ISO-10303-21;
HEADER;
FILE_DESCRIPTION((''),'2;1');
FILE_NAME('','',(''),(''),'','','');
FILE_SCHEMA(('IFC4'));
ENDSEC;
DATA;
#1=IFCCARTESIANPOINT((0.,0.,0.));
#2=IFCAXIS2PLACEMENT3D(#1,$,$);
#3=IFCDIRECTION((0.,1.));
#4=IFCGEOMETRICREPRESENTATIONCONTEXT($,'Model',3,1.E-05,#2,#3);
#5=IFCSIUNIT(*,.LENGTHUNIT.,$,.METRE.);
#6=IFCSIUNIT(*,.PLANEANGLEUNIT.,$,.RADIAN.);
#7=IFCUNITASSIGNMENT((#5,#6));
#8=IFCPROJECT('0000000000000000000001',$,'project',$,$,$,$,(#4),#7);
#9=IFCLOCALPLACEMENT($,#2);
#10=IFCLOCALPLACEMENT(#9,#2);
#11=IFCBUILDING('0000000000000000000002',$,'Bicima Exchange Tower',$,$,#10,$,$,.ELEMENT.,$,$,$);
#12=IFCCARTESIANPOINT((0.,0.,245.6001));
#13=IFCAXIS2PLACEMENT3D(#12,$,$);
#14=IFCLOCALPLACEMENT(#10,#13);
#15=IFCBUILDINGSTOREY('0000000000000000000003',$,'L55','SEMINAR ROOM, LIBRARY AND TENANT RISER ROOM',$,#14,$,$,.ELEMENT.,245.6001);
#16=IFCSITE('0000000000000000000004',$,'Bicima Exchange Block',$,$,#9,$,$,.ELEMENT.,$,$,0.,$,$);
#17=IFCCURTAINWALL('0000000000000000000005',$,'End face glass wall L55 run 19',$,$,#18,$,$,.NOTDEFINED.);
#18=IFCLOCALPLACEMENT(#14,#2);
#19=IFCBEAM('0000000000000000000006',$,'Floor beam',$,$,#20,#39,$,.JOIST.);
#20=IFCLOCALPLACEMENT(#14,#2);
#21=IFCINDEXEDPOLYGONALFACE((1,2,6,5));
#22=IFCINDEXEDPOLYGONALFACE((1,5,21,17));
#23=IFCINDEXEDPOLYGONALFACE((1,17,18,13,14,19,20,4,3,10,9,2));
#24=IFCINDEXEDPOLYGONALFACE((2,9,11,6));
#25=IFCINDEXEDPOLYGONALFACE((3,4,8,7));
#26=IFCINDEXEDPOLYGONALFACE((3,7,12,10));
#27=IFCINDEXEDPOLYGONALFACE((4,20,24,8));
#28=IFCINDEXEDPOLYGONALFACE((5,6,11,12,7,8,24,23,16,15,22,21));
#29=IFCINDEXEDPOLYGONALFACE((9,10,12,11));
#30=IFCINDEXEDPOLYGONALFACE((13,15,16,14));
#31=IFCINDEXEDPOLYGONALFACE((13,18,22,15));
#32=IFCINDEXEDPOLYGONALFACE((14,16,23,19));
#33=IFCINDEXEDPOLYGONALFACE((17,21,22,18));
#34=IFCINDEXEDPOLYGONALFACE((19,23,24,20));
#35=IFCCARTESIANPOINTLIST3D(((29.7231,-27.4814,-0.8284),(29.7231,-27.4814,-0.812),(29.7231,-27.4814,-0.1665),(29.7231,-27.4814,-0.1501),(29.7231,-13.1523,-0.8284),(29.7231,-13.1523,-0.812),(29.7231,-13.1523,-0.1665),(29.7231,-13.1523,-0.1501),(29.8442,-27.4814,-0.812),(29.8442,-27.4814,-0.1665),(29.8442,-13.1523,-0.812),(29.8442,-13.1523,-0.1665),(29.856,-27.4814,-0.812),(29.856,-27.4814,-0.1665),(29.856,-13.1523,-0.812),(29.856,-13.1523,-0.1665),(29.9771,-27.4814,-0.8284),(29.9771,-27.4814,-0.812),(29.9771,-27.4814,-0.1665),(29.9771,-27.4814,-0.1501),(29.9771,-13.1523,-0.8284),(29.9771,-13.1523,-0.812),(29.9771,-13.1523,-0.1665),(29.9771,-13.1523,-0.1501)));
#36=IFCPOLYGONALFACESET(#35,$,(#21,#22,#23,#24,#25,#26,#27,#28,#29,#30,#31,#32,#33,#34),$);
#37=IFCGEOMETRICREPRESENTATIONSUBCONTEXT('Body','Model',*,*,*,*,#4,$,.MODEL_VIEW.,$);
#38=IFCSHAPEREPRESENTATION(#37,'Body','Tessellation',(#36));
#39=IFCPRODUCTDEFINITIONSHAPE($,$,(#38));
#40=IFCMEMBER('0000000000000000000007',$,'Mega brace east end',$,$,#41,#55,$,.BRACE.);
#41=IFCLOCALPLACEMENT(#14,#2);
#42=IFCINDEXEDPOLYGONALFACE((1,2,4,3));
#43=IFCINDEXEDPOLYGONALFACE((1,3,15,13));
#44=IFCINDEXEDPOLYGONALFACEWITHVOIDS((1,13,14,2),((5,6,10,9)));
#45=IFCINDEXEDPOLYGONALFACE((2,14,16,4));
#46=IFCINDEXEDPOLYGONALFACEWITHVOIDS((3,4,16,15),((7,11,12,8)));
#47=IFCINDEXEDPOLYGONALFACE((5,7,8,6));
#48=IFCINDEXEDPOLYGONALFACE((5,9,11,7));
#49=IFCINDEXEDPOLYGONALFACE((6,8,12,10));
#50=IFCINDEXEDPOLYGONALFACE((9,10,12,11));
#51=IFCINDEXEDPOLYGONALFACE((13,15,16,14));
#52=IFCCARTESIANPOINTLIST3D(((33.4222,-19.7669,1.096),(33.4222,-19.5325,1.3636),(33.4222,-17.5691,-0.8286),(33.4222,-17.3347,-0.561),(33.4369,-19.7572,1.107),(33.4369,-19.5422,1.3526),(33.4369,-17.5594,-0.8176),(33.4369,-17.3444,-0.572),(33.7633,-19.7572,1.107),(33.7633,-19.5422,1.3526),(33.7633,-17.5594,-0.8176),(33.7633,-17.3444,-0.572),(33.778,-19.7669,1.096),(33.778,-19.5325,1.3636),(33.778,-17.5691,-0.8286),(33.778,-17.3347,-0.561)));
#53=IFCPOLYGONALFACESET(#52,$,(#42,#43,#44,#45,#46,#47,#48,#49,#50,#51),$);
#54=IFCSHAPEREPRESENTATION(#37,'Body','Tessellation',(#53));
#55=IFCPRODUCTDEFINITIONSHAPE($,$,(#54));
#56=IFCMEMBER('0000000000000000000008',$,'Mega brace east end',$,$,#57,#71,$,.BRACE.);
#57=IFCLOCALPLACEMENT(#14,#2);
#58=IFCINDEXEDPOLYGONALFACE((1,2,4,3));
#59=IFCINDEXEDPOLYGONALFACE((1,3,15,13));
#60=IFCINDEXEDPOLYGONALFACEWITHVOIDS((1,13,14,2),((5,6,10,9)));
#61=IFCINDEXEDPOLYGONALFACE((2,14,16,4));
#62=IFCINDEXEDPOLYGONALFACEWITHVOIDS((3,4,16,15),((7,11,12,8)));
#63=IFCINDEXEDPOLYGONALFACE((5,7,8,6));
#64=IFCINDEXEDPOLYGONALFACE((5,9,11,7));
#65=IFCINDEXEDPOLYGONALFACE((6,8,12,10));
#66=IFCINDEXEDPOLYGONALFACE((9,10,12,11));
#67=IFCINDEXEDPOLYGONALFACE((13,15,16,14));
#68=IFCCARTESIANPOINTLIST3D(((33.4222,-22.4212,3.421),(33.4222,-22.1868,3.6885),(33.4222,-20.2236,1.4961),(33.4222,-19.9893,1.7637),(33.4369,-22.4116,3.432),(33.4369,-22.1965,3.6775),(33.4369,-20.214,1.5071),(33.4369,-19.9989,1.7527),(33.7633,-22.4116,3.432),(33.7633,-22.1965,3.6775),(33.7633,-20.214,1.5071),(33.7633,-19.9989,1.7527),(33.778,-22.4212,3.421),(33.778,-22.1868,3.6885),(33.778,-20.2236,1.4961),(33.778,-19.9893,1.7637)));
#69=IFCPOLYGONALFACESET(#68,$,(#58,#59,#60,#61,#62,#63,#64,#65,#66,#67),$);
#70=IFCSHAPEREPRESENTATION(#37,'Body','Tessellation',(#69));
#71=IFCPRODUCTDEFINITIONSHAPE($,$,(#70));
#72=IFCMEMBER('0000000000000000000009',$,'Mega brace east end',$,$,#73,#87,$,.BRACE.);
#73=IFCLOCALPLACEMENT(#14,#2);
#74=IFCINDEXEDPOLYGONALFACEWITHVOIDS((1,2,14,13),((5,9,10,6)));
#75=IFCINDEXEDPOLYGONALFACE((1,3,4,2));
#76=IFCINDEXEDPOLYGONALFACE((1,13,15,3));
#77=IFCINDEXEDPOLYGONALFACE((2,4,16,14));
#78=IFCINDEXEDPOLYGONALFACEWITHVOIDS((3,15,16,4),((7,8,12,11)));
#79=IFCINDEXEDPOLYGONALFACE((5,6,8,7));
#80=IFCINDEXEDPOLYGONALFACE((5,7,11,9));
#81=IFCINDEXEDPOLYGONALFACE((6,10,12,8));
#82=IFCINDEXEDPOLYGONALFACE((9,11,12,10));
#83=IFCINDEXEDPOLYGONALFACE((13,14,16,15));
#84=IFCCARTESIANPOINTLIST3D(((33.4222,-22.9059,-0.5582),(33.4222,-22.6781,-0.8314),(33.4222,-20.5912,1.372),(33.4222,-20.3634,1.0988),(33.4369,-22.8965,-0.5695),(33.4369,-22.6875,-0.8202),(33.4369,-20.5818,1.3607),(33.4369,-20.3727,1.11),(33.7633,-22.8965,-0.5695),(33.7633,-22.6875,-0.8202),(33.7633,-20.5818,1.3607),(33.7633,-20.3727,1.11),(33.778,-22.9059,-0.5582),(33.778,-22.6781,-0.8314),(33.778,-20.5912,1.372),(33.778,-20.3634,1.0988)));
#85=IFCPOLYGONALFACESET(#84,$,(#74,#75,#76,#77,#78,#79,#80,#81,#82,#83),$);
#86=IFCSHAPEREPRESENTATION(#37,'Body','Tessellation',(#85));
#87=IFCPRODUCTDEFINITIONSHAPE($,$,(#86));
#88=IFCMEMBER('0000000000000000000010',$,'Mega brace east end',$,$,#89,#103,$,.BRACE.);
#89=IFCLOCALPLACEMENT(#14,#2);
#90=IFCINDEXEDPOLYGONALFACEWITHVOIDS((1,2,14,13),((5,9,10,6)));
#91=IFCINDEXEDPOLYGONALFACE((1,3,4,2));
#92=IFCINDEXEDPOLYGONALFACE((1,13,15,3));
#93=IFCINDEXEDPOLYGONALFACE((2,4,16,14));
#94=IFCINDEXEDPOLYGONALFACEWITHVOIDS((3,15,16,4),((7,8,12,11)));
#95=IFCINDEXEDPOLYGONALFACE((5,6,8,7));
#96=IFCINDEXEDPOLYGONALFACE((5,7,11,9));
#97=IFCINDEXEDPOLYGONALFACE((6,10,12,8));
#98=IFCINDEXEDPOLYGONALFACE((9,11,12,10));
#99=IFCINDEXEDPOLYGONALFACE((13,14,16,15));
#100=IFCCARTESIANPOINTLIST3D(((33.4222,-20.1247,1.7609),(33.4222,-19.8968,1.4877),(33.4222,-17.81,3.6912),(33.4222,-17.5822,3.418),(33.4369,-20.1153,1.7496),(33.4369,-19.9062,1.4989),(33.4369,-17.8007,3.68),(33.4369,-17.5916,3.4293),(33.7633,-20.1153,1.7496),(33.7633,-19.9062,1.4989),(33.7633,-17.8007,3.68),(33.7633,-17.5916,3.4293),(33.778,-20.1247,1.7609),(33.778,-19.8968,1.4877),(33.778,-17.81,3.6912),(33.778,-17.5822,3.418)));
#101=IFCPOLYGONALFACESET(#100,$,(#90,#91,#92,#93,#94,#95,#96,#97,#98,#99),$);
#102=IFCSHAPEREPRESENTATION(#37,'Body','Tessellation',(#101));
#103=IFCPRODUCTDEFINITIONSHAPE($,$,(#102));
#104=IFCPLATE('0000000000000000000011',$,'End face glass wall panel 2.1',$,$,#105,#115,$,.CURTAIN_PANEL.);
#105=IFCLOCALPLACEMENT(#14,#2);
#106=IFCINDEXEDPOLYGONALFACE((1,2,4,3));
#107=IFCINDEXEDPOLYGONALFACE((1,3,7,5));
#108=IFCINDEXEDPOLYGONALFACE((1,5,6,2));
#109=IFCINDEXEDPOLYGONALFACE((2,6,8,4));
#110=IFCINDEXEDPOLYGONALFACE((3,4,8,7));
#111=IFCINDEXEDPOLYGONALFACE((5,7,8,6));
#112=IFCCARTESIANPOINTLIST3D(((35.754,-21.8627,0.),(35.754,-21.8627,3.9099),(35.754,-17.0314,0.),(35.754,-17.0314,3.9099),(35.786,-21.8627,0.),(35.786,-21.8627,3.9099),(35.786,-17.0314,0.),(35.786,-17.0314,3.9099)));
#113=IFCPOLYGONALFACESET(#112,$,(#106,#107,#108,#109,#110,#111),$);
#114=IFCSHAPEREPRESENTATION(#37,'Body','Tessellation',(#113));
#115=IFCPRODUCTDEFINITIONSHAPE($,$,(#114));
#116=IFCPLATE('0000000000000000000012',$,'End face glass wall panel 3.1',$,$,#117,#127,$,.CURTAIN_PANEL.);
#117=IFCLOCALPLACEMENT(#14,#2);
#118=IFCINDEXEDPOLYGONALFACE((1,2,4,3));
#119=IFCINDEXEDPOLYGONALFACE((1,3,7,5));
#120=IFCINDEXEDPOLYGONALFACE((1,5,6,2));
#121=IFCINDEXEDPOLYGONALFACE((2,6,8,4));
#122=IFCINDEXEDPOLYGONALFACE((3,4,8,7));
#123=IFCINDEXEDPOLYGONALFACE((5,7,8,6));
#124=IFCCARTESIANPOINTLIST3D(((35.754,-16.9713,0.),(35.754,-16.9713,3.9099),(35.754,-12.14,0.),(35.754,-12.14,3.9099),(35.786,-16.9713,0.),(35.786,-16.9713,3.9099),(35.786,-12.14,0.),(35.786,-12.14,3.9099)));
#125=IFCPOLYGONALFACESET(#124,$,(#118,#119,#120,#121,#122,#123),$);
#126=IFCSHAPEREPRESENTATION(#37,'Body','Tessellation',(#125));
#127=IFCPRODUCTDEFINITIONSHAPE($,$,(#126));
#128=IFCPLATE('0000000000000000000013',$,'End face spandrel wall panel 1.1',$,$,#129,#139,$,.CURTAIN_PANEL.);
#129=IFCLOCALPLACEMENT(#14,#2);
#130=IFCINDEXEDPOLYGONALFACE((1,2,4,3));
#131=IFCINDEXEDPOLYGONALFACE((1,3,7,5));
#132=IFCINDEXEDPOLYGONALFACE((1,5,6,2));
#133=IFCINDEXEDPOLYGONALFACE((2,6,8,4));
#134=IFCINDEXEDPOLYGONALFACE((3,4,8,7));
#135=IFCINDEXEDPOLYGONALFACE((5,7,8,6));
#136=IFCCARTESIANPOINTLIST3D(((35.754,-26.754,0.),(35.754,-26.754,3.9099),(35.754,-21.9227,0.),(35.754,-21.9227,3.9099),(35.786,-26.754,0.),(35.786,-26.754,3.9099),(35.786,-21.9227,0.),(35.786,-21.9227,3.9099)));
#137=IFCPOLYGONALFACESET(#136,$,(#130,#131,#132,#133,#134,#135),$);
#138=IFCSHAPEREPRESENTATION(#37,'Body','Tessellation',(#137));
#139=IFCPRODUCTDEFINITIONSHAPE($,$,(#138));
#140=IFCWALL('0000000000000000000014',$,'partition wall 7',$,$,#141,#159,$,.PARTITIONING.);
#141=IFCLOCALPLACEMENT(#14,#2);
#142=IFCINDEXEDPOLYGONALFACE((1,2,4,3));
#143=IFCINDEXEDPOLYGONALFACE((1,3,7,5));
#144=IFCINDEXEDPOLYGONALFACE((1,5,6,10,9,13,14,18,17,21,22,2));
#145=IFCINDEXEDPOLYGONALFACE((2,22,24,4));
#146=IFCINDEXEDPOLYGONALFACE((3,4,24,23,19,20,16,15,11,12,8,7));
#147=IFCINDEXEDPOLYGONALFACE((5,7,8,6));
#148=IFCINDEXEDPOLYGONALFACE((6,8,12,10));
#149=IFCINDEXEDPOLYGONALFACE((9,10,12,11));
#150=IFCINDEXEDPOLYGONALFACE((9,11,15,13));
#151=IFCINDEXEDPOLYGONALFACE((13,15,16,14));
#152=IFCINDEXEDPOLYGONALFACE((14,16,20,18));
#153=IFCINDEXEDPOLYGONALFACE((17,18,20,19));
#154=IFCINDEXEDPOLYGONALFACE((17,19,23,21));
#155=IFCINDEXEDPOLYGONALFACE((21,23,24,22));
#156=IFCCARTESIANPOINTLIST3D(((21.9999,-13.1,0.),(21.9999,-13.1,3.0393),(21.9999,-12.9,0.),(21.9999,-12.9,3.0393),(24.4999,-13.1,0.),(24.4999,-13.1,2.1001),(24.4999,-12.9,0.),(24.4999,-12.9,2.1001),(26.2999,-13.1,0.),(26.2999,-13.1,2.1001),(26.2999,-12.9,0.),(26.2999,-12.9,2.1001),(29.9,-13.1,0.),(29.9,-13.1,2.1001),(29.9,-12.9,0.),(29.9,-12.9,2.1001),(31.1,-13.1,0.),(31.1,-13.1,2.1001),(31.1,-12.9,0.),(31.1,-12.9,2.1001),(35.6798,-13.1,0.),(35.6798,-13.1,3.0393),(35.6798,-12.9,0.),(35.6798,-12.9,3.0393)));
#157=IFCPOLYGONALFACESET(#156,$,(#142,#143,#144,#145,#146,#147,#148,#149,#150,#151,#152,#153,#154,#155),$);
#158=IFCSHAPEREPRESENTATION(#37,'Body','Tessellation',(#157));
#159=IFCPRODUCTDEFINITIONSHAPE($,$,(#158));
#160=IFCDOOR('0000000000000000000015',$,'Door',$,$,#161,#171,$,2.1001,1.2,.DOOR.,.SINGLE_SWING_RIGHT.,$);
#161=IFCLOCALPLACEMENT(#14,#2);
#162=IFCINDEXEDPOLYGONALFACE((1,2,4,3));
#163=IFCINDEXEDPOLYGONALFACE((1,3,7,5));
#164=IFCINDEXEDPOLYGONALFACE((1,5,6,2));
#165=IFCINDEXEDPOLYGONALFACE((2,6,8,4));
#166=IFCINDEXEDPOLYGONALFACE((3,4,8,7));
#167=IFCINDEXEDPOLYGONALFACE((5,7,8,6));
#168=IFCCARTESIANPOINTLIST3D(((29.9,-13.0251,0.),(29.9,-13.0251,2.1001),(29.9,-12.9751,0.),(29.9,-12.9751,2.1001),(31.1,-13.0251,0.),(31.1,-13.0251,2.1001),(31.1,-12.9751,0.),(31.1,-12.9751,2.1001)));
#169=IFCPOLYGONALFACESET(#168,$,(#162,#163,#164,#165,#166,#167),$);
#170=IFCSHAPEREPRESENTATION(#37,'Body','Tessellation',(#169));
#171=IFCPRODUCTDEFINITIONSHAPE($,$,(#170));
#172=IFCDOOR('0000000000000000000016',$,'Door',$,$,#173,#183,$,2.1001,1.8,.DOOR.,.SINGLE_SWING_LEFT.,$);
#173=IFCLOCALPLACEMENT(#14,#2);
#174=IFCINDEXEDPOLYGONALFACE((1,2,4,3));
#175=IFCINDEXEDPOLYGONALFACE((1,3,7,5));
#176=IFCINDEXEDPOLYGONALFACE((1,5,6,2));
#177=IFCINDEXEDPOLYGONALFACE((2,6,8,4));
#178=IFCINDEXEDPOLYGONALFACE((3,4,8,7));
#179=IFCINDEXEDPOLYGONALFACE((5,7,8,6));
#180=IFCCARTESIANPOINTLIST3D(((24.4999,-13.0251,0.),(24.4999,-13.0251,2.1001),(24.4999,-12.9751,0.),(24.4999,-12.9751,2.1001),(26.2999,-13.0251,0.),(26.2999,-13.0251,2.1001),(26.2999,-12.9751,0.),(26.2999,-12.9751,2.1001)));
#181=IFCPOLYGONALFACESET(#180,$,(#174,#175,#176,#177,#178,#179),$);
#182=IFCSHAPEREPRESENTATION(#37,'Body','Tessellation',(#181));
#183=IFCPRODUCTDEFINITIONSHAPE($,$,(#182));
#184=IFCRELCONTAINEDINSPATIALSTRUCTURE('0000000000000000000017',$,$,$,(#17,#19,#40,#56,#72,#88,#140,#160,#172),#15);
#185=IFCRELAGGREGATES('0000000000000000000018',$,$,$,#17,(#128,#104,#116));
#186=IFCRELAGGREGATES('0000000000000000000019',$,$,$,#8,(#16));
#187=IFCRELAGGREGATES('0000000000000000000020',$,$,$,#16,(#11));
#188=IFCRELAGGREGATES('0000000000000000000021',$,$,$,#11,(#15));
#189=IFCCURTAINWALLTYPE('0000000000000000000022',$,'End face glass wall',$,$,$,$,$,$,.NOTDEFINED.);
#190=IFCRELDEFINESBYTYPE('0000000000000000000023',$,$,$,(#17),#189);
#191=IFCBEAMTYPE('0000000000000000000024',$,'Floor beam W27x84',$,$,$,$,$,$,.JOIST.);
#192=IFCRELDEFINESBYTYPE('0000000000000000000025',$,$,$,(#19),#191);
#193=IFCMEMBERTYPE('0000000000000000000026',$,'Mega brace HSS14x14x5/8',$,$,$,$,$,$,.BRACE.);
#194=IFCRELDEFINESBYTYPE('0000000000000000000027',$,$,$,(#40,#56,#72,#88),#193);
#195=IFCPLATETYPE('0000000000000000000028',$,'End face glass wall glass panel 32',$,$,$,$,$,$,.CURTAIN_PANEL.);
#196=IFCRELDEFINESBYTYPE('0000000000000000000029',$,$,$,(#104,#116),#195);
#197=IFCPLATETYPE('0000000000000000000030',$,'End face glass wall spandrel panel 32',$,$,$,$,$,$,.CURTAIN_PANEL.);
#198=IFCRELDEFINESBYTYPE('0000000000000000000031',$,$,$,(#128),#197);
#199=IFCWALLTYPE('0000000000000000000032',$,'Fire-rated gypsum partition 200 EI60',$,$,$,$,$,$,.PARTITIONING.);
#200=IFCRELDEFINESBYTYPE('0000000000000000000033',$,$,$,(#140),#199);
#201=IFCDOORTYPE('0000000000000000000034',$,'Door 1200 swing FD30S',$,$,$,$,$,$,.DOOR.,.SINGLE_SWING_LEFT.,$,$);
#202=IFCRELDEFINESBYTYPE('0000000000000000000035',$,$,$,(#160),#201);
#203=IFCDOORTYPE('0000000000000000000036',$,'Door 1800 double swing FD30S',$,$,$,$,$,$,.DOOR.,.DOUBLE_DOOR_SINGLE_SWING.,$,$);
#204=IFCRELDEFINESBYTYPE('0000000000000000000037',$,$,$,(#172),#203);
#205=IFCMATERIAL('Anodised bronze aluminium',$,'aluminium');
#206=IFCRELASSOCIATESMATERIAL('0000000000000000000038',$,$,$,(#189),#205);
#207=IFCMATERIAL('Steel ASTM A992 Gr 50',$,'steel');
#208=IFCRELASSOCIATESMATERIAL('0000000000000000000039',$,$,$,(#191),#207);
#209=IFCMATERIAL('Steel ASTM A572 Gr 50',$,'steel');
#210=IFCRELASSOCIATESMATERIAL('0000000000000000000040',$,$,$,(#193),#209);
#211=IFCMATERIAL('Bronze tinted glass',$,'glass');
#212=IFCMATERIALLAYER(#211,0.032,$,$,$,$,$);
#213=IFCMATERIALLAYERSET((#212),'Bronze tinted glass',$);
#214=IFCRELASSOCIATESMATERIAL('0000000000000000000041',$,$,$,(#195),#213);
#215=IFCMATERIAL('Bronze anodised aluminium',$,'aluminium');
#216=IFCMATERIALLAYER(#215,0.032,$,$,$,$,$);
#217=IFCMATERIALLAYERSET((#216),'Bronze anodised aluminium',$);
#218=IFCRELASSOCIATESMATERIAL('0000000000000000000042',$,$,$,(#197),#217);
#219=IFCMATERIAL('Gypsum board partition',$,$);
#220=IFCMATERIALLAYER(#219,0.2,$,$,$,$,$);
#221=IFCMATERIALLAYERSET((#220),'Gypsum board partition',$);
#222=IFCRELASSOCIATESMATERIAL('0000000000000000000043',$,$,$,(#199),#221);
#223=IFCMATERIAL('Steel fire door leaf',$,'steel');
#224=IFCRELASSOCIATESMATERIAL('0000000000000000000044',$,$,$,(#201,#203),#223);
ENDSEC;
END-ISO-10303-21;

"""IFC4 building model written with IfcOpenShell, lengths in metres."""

from ifc_helpers import new_model, si_unit, direction, frame, frame_2d, origin, origin_2d, place, context, subcontext, project, spatial, rectangle, hollow_rectangle, i_section, extrude, material, layer, layer_set, material_profile, profile_set, type_object, element, fill, aggregate, save


model = new_model("IFC4")

# Units and contexts
model_context = context("Model", 3, precision=1e-05, world=origin(), true_north=direction((0.0, 1.0)))
body_context = subcontext(model_context, "Body", "Model", "MODEL_VIEW")
ifc_project = project(units=[si_unit("LENGTHUNIT", "METRE"), si_unit("PLANEANGLEUNIT", "RADIAN")], contexts=[model_context])

# Site, building, storey
site_placement = place(None, origin())
site = spatial("IfcSite", under=ifc_project, at=site_placement, Name="Bicima Exchange Block", CompositionType="ELEMENT", RefElevation=0.0)
building_placement = place(site_placement, origin())
building = spatial("IfcBuilding", under=site, at=building_placement, Name="Bicima Exchange Tower", CompositionType="ELEMENT")
storey_placement = place(building_placement, frame((0.0, 0.0, 245.6001)))
storey = spatial("IfcBuildingStorey", under=building, at=storey_placement, Name="L55", Description="SEMINAR ROOM, LIBRARY AND TENANT RISER ROOM", CompositionType="ELEMENT", Elevation=245.6001)

# Shared definitions
ifc_material_1 = material(Name="Steel ASTM A992 Gr 50", Category="steel")

# Shared definitions
ifc_material_2 = material(Name="Steel ASTM A572 Gr 50", Category="steel")

# Curtain wall
ifc_material_3 = material(Name="Anodised bronze aluminium", Category="aluminium")
curtain_wall_type = type_object("IfcCurtainWallType", Name="End face glass wall", PredefinedType="NOTDEFINED", material=ifc_material_3)
curtain_wall_placement = place(storey_placement, origin())
curtain_wall = element("IfcCurtainWall", 1, at=curtain_wall_placement, inside=storey, type_object=curtain_wall_type, Name="End face glass wall L55 run 19", PredefinedType="NOTDEFINED")

# Beam
ifc_material_profile_1 = material_profile(ifc_material_1, i_section(OverallWidth=0.2539, OverallDepth=0.6782, WebThickness=0.0117, FlangeThickness=0.0164, at=origin_2d()))
ifc_profile_set_1 = profile_set([ifc_material_profile_1], Name="Steel ASTM A992 Gr 50")
beam_type_1 = type_object("IfcBeamType", Name="Floor beam W27x84", PredefinedType="JOIST", material=ifc_profile_set_1)
for number, where, z_axis, x_axis, name in (
    (2, (29.8501, -13.1523, -0.4893), (0.0, -1.0, 0.0), (1.0, 0.0, 0.0), "Floor beam"),
):
    element("IfcBeam", number, at=place(storey_placement, frame(where, z_axis=z_axis, x_axis=x_axis)), inside=storey, type_object=beam_type_1, Name=name, PredefinedType="JOIST", context=body_context, shape_type="SweptSolid", body=[
        extrude(i_section(OverallWidth=0.2539, OverallDepth=0.6782, WebThickness=0.0117, FlangeThickness=0.0164, at=origin_2d()), origin(), (0.0, 0.0, 1.0), 14.3291),
    ])

# Members
ifc_material_profile_2 = material_profile(ifc_material_2, hollow_rectangle(XDim=0.3557, YDim=0.3557, WallThickness=0.0146, at=origin_2d()))
ifc_profile_set_2 = profile_set([ifc_material_profile_2], Name="Steel ASTM A572 Gr 50")
member_type_1 = type_object("IfcMemberType", Name="Mega brace HSS14x14x5/8", PredefinedType="BRACE", material=ifc_profile_set_2)
for number, where, z_axis, x_axis, name in (
    (3, (33.6001, -17.4519, -0.6948), (0.0, -0.752318, 0.6588), (1.0, 0.0, 0.0), "Mega brace east end"),
    (4, (33.6001, -20.1064, 1.6299), (0.0, -0.75224, 0.658889), (1.0, 0.0, 0.0), "Mega brace east end"),
):
    element("IfcMember", number, at=place(storey_placement, frame(where, z_axis=z_axis, x_axis=x_axis)), inside=storey, type_object=member_type_1, Name=name, PredefinedType="BRACE", context=body_context, shape_type="SweptSolid", body=[
        extrude(hollow_rectangle(XDim=0.3557, YDim=0.3557, WallThickness=0.0146, at=origin_2d()), origin(), (0.0, 0.0, 1.0), 2.9214),
    ])
for number, where, z_axis, x_axis, name in (
    (5, (33.6001, -22.792, -0.6948), (0.0, 0.768015, 0.640431), (-1.0, 0.0, 0.0), "Mega brace east end"),
    (6, (33.6001, -20.0107, 1.6243), (0.0, 0.767976, 0.640479), (-1.0, 0.0, 0.0), "Mega brace east end"),
):
    element("IfcMember", number, at=place(storey_placement, frame(where, z_axis=z_axis, x_axis=x_axis)), inside=storey, type_object=member_type_1, Name=name, PredefinedType="BRACE", context=body_context, shape_type="SweptSolid", body=[
        extrude(hollow_rectangle(XDim=0.3557, YDim=0.3557, WallThickness=0.0146, at=origin_2d()), origin(), (0.0, 0.0, 1.0), 3.0139),
    ])

# Plates
ifc_material_4 = material(Name="Bronze tinted glass", Category="glass")
ifc_layer_1 = layer(ifc_material_4, 0.032)
ifc_layer_set_1 = layer_set([ifc_layer_1], Name="Bronze tinted glass")
plate_type_1 = type_object("IfcPlateType", Name="End face glass wall glass panel 32", PredefinedType="CURTAIN_PANEL", material=ifc_layer_set_1)
plate_1_placement = place(storey_placement, frame((35.77, -19.447, 0.0), z_axis=(0.0, 0.0, 1.0), x_axis=(0.0, 1.0, 0.0)))
plate_1 = element("IfcPlate", 7, at=plate_1_placement, type_object=plate_type_1, Name="End face glass wall panel 2.1", PredefinedType="CURTAIN_PANEL", context=body_context, shape_type="SweptSolid", body=[
    extrude(rectangle(XDim=4.8313, YDim=0.032, at=origin_2d()), origin(), (0.0, 0.0, 1.0), 3.9099),
])
plate_2_placement = place(storey_placement, frame((35.77, -14.5557, 0.0), z_axis=(0.0, 0.0, 1.0), x_axis=(0.0, 1.0, 0.0)))
plate_2 = element("IfcPlate", 8, at=plate_2_placement, type_object=plate_type_1, Name="End face glass wall panel 3.1", PredefinedType="CURTAIN_PANEL", context=body_context, shape_type="SweptSolid", body=[
    extrude(rectangle(XDim=4.8313, YDim=0.032, at=origin_2d()), origin(), (0.0, 0.0, 1.0), 3.9099),
])
ifc_material_5 = material(Name="Bronze anodised aluminium", Category="aluminium")
ifc_layer_2 = layer(ifc_material_5, 0.032)
ifc_layer_set_2 = layer_set([ifc_layer_2], Name="Bronze anodised aluminium")
plate_type_2 = type_object("IfcPlateType", Name="End face glass wall spandrel panel 32", PredefinedType="CURTAIN_PANEL", material=ifc_layer_set_2)
plate_3_placement = place(storey_placement, frame((35.77, -24.3384, 0.0), z_axis=(0.0, 0.0, 1.0), x_axis=(0.0, 1.0, 0.0)))
plate_3 = element("IfcPlate", 9, at=plate_3_placement, type_object=plate_type_2, Name="End face spandrel wall panel 1.1", PredefinedType="CURTAIN_PANEL", context=body_context, shape_type="SweptSolid", body=[
    extrude(rectangle(XDim=4.8313, YDim=0.032, at=origin_2d()), origin(), (0.0, 0.0, 1.0), 3.9099),
])
aggregate(curtain_wall, [plate_3, plate_1, plate_2])

# Wall, openings, doors
ifc_material_6 = material(Name="Gypsum board partition")
ifc_layer_3 = layer(ifc_material_6, 0.2)
ifc_layer_set_3 = layer_set([ifc_layer_3], Name="Gypsum board partition")
wall_type_1 = type_object("IfcWallType", Name="Fire-rated gypsum partition 200 EI60", PredefinedType="PARTITIONING", material=ifc_layer_set_3)
wall_placement = place(storey_placement, frame((22.0, -13.0, 0.0), z_axis=(0.0, 0.0, 1.0), x_axis=(1.0, 0.0, 0.0)))
wall = element("IfcWall", 10, at=wall_placement, inside=storey, type_object=wall_type_1, Name="partition wall 7", PredefinedType="PARTITIONING", context=body_context, shape_type="SweptSolid", body=[
    extrude(rectangle(XDim=13.6799, YDim=0.2, at=frame_2d((6.8398, 0.0))), origin(), (0.0, 0.0, 1.0), 3.0393),
])
opening_1_placement = place(wall_placement, frame((7.8999, 0.0, 0.0)))
opening_1 = element("IfcOpeningElement", 11, at=opening_1_placement, cuts=wall, PredefinedType="OPENING", context=body_context, shape_type="SweptSolid", body=[
    extrude(rectangle(XDim=1.2, YDim=2.1001, at=frame_2d((0.6001, 1.05))), frame((0.0, 0.1118, 0.0), z_axis=(0.0, -1.0, 0.0), x_axis=(1.0, 0.0, 0.0)), (0.0, 0.0, 1.0), 0.2239),
])
opening_2_placement = place(wall_placement, frame((2.5, 0.0, 0.0)))
opening_2 = element("IfcOpeningElement", 12, at=opening_2_placement, cuts=wall, PredefinedType="OPENING", context=body_context, shape_type="SweptSolid", body=[
    extrude(rectangle(XDim=1.8, YDim=2.1001, at=frame_2d((0.8999, 1.05))), frame((0.0, 0.1118, 0.0), z_axis=(0.0, -1.0, 0.0), x_axis=(1.0, 0.0, 0.0)), (0.0, 0.0, 1.0), 0.2239),
])
ifc_material_7 = material(Name="Steel fire door leaf", Category="steel")
door_type_1 = type_object("IfcDoorType", Name="Door 1200 swing FD30S", OperationType="SINGLE_SWING_LEFT", PredefinedType="DOOR", material=ifc_material_7)
door_1_placement = place(opening_1_placement, origin())
door_1 = element("IfcDoor", 13, at=door_1_placement, inside=storey, type_object=door_type_1, Name="Door", OperationType="SINGLE_SWING_RIGHT", OverallHeight=2.1001, OverallWidth=1.2, PredefinedType="DOOR", context=body_context, shape_type="SweptSolid", body=[
    extrude(rectangle(XDim=1.2, YDim=2.1001, at=frame_2d((0.6001, 1.05))), frame((0.0, 0.0249, 0.0), z_axis=(0.0, -1.0, 0.0), x_axis=(1.0, 0.0, 0.0)), (0.0, 0.0, 1.0), 0.05),
])
fill(opening_1, door_1)
door_type_2 = type_object("IfcDoorType", Name="Door 1800 double swing FD30S", OperationType="DOUBLE_DOOR_SINGLE_SWING", PredefinedType="DOOR", material=ifc_material_7)
door_2_placement = place(opening_2_placement, origin())
door_2 = element("IfcDoor", 14, at=door_2_placement, inside=storey, type_object=door_type_2, Name="Door", OperationType="SINGLE_SWING_LEFT", OverallHeight=2.1001, OverallWidth=1.8, PredefinedType="DOOR", context=body_context, shape_type="SweptSolid", body=[
    extrude(rectangle(XDim=1.8, YDim=2.1001, at=frame_2d((0.8999, 1.05))), frame((0.0, 0.0249, 0.0), z_axis=(0.0, -1.0, 0.0), x_axis=(1.0, 0.0, 0.0)), (0.0, 0.0, 1.0), 0.05),
])
fill(opening_2, door_2)

save(model, "model.ifc")
